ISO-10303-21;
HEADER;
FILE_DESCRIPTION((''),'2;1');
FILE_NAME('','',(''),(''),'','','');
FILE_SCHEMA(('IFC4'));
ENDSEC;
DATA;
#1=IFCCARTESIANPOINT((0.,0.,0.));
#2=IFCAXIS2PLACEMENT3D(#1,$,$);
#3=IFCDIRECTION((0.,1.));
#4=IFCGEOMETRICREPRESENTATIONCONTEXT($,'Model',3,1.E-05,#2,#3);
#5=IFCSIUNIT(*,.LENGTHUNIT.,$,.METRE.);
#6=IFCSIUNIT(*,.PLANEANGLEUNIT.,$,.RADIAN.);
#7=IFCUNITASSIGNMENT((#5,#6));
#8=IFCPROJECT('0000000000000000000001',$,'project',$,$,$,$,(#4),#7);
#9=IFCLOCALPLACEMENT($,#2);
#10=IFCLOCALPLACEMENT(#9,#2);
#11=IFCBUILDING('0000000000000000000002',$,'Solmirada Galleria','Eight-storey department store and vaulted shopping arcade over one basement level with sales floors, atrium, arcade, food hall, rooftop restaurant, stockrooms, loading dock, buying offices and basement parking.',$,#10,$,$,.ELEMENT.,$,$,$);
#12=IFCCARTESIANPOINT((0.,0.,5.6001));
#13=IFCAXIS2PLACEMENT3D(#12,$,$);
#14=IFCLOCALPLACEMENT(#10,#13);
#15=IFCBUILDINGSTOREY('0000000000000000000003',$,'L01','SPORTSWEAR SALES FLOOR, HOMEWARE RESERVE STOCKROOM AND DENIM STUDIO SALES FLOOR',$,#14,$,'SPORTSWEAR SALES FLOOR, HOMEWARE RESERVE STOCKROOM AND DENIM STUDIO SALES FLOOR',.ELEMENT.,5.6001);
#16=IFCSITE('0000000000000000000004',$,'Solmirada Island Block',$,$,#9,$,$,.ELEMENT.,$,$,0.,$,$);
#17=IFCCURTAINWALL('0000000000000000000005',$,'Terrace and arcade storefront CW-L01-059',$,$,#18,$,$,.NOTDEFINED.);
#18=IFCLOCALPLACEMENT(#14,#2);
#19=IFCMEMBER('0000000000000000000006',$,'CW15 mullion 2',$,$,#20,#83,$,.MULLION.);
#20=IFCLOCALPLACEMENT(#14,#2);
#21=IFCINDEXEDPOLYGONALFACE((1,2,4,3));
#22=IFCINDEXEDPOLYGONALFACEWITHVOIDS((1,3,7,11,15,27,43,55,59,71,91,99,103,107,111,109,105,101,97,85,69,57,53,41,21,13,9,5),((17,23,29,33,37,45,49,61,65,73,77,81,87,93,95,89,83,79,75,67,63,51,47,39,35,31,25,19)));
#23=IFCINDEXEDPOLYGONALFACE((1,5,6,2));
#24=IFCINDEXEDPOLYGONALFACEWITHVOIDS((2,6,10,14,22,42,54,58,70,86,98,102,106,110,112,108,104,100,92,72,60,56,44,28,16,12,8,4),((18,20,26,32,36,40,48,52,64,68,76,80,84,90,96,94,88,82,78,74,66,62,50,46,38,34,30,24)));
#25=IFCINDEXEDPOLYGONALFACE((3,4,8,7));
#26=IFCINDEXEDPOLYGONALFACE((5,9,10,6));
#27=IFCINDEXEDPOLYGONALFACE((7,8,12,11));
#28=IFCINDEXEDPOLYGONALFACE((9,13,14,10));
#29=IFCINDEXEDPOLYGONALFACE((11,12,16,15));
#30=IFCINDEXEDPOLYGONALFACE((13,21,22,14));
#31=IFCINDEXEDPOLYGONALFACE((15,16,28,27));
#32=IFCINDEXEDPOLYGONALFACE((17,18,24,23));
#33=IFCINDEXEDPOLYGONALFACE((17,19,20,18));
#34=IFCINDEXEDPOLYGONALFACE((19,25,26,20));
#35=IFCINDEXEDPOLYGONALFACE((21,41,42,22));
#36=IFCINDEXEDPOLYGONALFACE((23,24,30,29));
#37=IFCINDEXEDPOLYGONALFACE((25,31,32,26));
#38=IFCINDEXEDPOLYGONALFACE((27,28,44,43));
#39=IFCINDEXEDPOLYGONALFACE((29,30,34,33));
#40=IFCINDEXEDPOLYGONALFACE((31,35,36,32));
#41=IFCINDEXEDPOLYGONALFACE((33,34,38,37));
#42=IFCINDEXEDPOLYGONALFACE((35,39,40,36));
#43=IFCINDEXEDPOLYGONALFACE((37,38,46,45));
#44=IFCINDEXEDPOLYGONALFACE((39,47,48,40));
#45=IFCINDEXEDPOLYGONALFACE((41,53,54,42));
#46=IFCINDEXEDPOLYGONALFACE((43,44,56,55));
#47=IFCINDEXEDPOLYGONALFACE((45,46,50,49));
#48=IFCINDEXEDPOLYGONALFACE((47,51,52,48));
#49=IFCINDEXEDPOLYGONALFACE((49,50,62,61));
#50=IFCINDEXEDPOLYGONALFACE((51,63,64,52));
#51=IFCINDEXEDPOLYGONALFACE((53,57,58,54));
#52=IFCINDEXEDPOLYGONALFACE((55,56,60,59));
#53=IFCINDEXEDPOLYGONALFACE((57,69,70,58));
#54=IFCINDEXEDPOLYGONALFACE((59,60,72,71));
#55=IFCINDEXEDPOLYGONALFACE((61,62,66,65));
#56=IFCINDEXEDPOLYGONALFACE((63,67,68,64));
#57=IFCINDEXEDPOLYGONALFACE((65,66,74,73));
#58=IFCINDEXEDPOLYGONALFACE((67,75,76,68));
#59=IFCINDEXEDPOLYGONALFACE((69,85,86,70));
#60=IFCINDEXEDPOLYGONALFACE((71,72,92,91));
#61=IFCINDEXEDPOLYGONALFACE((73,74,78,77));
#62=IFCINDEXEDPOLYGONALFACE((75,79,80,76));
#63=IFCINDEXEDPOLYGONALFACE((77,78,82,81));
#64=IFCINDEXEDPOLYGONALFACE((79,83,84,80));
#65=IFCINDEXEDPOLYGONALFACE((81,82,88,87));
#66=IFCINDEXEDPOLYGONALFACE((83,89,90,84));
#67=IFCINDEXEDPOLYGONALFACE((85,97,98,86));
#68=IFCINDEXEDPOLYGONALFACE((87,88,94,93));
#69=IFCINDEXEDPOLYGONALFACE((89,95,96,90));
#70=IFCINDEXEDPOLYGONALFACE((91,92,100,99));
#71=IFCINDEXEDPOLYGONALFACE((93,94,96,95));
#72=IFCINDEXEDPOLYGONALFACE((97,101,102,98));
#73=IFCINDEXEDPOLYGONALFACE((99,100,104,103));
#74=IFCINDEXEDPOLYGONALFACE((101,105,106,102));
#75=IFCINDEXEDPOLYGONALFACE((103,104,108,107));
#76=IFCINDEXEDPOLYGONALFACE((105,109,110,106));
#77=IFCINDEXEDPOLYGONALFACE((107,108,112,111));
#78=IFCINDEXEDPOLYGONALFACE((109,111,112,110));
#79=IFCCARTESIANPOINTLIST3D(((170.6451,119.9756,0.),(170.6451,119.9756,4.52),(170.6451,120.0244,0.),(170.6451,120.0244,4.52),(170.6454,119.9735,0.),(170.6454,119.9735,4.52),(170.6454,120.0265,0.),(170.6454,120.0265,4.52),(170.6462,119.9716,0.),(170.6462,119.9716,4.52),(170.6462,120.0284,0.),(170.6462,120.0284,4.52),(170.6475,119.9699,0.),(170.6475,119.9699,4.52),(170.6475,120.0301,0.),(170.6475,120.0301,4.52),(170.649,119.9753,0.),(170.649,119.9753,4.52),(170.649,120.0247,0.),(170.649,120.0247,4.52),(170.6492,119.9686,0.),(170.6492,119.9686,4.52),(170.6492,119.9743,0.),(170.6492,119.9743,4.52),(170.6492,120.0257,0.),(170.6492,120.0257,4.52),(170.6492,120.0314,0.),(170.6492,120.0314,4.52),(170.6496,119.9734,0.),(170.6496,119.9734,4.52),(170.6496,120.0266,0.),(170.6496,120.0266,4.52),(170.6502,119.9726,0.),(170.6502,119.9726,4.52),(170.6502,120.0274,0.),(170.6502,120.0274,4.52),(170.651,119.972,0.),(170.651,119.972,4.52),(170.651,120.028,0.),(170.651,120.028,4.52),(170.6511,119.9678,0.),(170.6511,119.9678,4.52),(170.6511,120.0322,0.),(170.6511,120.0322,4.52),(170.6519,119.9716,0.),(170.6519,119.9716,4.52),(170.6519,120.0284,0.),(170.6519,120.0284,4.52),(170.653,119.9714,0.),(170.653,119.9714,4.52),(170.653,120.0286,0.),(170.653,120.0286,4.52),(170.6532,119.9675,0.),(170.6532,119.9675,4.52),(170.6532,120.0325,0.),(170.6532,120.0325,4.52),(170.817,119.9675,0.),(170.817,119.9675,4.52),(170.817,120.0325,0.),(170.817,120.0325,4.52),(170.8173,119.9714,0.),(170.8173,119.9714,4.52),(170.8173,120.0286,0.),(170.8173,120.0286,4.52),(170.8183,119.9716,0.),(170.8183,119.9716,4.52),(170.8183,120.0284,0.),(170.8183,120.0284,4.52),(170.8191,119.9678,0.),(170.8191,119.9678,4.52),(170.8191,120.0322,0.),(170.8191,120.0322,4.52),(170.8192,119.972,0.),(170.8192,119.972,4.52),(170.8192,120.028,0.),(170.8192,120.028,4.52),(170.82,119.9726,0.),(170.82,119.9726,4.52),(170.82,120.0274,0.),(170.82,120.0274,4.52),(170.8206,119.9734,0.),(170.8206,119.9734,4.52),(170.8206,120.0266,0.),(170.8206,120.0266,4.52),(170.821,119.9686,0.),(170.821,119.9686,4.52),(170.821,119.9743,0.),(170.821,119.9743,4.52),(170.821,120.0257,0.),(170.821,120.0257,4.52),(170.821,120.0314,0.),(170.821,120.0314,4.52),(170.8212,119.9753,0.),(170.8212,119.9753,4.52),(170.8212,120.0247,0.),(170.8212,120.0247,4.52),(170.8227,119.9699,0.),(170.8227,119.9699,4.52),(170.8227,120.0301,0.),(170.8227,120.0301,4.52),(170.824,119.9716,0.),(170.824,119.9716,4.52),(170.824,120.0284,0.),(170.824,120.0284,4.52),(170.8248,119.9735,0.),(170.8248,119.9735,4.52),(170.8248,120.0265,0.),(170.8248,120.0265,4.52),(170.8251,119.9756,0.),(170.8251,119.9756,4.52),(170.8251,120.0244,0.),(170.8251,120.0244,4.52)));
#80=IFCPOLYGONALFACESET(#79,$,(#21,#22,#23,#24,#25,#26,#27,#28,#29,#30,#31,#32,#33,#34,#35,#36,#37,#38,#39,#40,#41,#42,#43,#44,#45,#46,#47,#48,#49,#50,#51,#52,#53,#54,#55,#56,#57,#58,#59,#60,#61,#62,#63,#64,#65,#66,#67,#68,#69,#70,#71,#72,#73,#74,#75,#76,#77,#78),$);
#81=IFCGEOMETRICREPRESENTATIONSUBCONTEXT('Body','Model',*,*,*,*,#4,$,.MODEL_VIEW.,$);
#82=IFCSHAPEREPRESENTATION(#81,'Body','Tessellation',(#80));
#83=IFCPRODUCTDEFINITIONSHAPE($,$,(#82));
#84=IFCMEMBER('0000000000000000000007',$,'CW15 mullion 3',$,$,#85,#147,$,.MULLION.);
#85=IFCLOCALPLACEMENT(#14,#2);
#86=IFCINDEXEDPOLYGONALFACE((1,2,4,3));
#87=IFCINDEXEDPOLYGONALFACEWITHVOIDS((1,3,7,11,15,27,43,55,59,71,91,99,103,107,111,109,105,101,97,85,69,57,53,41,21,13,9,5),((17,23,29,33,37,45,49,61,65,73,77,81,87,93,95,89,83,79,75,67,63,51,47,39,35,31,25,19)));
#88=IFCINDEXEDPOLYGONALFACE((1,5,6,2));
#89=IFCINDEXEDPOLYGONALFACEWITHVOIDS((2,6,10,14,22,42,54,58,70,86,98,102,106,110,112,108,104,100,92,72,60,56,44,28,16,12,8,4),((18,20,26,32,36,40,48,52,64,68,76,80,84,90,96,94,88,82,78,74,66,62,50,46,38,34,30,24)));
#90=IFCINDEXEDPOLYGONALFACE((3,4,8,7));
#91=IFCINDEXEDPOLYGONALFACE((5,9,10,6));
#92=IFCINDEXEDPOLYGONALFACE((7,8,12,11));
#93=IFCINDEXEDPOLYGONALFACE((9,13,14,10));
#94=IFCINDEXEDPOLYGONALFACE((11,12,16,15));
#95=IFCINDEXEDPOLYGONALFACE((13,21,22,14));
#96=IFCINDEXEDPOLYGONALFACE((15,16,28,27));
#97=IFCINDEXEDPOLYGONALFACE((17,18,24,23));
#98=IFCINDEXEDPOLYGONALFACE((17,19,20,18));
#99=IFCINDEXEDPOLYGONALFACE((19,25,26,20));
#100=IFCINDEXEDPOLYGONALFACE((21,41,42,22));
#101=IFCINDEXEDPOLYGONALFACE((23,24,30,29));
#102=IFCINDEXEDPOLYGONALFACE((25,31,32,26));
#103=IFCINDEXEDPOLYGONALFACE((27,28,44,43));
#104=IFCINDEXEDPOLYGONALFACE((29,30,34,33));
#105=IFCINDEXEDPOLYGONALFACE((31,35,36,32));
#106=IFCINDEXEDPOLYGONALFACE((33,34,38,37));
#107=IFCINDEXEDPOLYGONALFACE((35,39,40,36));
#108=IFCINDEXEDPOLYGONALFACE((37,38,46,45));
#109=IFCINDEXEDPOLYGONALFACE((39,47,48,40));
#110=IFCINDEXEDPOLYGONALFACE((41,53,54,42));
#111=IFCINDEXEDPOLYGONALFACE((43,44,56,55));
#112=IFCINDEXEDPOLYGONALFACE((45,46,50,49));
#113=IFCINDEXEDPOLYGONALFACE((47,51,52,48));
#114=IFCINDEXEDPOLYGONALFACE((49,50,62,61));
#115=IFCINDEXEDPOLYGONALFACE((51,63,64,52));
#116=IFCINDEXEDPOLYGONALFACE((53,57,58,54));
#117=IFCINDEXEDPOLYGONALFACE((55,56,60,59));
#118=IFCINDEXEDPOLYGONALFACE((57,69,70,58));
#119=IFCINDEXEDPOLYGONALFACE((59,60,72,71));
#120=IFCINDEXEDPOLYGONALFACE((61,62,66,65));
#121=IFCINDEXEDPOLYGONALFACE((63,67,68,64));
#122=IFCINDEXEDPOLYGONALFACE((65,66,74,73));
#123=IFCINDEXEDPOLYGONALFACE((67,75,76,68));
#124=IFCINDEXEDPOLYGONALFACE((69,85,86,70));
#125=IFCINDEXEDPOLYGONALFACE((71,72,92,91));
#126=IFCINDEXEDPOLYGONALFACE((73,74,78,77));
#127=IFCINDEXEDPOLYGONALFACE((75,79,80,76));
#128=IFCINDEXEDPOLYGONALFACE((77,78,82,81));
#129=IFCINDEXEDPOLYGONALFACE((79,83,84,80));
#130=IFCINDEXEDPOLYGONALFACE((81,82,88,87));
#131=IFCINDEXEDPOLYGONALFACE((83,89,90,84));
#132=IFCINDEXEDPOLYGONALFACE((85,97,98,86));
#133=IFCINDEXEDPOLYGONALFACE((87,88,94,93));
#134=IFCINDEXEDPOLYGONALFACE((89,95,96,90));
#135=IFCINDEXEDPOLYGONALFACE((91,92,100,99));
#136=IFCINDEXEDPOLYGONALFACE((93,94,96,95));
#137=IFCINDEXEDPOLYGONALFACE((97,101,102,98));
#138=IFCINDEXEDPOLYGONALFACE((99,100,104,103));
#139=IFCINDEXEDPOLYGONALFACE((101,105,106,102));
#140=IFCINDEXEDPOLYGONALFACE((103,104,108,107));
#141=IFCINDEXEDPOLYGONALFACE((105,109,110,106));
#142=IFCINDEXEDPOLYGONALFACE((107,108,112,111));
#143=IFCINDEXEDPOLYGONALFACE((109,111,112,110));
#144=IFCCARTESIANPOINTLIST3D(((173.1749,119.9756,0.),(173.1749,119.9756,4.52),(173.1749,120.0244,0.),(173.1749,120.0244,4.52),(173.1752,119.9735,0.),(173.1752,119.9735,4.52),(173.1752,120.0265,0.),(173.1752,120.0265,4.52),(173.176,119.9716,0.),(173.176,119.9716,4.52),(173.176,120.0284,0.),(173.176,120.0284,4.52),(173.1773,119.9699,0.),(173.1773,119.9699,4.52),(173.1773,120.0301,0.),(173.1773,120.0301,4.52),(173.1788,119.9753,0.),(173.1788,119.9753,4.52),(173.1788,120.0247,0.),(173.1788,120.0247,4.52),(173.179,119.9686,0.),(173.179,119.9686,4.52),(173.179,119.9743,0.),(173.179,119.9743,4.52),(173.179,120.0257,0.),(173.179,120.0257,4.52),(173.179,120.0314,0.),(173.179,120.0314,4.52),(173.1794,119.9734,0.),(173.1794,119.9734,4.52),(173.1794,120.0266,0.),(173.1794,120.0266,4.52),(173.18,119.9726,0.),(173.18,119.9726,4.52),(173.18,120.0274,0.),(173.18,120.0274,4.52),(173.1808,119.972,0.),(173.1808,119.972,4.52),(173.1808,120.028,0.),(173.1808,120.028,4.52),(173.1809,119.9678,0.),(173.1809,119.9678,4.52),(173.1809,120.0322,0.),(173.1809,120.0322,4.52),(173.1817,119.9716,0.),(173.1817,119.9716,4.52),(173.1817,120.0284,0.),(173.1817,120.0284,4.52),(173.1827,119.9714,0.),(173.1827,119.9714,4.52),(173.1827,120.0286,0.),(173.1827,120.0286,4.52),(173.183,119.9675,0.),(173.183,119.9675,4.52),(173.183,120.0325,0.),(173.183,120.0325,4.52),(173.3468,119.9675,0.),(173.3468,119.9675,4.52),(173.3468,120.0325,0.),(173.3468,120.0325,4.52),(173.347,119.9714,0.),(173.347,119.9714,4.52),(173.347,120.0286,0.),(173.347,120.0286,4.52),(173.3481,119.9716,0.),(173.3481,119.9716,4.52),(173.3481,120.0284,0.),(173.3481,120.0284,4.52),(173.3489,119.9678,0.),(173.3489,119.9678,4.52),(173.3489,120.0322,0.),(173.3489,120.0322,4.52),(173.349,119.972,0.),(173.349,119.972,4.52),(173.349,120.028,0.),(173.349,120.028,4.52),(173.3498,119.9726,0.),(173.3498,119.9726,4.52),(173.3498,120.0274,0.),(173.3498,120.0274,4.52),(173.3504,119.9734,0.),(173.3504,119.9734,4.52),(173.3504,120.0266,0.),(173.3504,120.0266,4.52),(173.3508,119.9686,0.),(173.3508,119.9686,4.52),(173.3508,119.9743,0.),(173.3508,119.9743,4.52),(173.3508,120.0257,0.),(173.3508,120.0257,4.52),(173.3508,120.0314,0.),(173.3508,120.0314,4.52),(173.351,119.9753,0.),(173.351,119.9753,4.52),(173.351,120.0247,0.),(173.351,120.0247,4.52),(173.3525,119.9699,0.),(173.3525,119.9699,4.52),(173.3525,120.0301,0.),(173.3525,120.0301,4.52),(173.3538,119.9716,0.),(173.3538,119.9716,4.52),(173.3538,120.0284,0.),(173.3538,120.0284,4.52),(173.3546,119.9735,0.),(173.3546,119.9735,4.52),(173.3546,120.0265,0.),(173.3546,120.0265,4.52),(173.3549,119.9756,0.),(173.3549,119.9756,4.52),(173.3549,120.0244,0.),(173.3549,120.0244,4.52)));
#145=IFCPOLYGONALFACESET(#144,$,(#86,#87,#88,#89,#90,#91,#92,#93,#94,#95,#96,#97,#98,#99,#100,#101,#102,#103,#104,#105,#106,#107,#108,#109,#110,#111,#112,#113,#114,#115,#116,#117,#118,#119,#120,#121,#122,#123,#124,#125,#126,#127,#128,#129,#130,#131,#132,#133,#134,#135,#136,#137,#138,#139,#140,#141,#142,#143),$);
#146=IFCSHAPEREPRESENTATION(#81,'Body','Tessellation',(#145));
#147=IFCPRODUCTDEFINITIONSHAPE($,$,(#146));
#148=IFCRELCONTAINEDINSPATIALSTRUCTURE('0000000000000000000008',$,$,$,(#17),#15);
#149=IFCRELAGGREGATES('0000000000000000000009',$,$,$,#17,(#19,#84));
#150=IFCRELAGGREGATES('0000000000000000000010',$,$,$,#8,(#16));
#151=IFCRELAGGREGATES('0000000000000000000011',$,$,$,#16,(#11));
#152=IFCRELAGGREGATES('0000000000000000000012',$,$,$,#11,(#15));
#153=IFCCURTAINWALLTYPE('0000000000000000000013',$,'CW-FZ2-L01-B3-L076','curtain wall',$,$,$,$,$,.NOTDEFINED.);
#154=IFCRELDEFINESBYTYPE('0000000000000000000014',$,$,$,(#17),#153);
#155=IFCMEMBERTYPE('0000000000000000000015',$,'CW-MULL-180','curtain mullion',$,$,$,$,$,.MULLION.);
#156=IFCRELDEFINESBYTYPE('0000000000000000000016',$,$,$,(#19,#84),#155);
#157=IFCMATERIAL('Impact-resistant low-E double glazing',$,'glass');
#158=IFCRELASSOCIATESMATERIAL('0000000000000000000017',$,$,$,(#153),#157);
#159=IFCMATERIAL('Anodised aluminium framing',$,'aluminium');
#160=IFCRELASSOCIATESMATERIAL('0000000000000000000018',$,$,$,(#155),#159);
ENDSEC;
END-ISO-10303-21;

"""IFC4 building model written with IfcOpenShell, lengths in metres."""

from ifc_helpers import new_model, si_unit, direction, frame, origin, origin_2d, place, context, subcontext, project, spatial, hollow_rectangle, extrude, material, material_profile, profile_set, type_object, element, aggregate, save


model = new_model("IFC4")

# Units and contexts
model_context = context("Model", 3, precision=1e-05, world=origin(), true_north=direction((0.0, 1.0)))
body_context = subcontext(model_context, "Body", "Model", "MODEL_VIEW")
ifc_project = project(units=[si_unit("LENGTHUNIT", "METRE"), si_unit("PLANEANGLEUNIT", "RADIAN")], contexts=[model_context])

# Site, building, storey
site_placement = place(None, origin())
site = spatial("IfcSite", under=ifc_project, at=site_placement, Name="Solmirada Island Block", CompositionType="ELEMENT", RefElevation=0.0)
building_placement = place(site_placement, origin())
building = spatial("IfcBuilding", under=site, at=building_placement, Name="Solmirada Galleria", Description="Eight-storey department store and vaulted shopping arcade over one basement level with sales floors, atrium, arcade, food hall, rooftop restaurant, stockrooms, loading dock, buying offices and basement parking.", CompositionType="ELEMENT")
storey_placement = place(building_placement, frame((0.0, 0.0, 5.6001)))
storey = spatial("IfcBuildingStorey", under=building, at=storey_placement, Name="L01", Description="SPORTSWEAR SALES FLOOR, HOMEWARE RESERVE STOCKROOM AND DENIM STUDIO SALES FLOOR", LongName="SPORTSWEAR SALES FLOOR, HOMEWARE RESERVE STOCKROOM AND DENIM STUDIO SALES FLOOR", CompositionType="ELEMENT", Elevation=5.6001)

# Curtain wall, members
ifc_material_1 = material(Name="Impact-resistant low-E double glazing", Category="glass")
curtain_wall_type = type_object("IfcCurtainWallType", Name="CW-FZ2-L01-B3-L076", Description="curtain wall", PredefinedType="NOTDEFINED", material=ifc_material_1)
curtain_wall_1_placement = place(storey_placement, origin())
curtain_wall_1 = element("IfcCurtainWall", 1, at=curtain_wall_1_placement, inside=storey, type_object=curtain_wall_type, Name="Terrace and arcade storefront CW-L01-059", PredefinedType="NOTDEFINED")
ifc_material_2 = material(Name="Anodised aluminium framing", Category="aluminium")
ifc_material_profile_1 = material_profile(ifc_material_2, hollow_rectangle(XDim=0.0649, YDim=0.1799, WallThickness=0.0039, InnerFilletRadius=0.0039, OuterFilletRadius=0.0081, at=origin_2d()), Name="ALU-MULL-180X65")
ifc_profile_set_1 = profile_set([ifc_material_profile_1], Name="Anodised aluminium framing")
member_type_1 = type_object("IfcMemberType", Name="CW-MULL-180", Description="curtain mullion", PredefinedType="MULLION", material=ifc_profile_set_1)
member_1_placement = place(storey_placement, frame((170.7351, 120.0, 0.0), z_axis=(0.0, 0.0, 1.0), x_axis=(0.0, 1.0, 0.0)))
member_1 = element("IfcMember", 2, at=member_1_placement, type_object=member_type_1, Name="CW15 mullion 2", PredefinedType="MULLION", context=body_context, shape_type="SweptSolid", body=[
    extrude(hollow_rectangle(XDim=0.0649, YDim=0.1799, WallThickness=0.0039, InnerFilletRadius=0.0039, OuterFilletRadius=0.0081, at=origin_2d()), origin(), (0.0, 0.0, 1.0), 4.52),
])
member_2_placement = place(storey_placement, frame((173.2649, 120.0, 0.0), z_axis=(0.0, 0.0, 1.0), x_axis=(0.0, 1.0, 0.0)))
member_2 = element("IfcMember", 3, at=member_2_placement, type_object=member_type_1, Name="CW15 mullion 3", PredefinedType="MULLION", context=body_context, shape_type="SweptSolid", body=[
    extrude(hollow_rectangle(XDim=0.0649, YDim=0.1799, WallThickness=0.0039, InnerFilletRadius=0.0039, OuterFilletRadius=0.0081, at=origin_2d()), origin(), (0.0, 0.0, 1.0), 4.52),
])

aggregate(curtain_wall_1, [member_1, member_2])

save(model, "model.ifc")
